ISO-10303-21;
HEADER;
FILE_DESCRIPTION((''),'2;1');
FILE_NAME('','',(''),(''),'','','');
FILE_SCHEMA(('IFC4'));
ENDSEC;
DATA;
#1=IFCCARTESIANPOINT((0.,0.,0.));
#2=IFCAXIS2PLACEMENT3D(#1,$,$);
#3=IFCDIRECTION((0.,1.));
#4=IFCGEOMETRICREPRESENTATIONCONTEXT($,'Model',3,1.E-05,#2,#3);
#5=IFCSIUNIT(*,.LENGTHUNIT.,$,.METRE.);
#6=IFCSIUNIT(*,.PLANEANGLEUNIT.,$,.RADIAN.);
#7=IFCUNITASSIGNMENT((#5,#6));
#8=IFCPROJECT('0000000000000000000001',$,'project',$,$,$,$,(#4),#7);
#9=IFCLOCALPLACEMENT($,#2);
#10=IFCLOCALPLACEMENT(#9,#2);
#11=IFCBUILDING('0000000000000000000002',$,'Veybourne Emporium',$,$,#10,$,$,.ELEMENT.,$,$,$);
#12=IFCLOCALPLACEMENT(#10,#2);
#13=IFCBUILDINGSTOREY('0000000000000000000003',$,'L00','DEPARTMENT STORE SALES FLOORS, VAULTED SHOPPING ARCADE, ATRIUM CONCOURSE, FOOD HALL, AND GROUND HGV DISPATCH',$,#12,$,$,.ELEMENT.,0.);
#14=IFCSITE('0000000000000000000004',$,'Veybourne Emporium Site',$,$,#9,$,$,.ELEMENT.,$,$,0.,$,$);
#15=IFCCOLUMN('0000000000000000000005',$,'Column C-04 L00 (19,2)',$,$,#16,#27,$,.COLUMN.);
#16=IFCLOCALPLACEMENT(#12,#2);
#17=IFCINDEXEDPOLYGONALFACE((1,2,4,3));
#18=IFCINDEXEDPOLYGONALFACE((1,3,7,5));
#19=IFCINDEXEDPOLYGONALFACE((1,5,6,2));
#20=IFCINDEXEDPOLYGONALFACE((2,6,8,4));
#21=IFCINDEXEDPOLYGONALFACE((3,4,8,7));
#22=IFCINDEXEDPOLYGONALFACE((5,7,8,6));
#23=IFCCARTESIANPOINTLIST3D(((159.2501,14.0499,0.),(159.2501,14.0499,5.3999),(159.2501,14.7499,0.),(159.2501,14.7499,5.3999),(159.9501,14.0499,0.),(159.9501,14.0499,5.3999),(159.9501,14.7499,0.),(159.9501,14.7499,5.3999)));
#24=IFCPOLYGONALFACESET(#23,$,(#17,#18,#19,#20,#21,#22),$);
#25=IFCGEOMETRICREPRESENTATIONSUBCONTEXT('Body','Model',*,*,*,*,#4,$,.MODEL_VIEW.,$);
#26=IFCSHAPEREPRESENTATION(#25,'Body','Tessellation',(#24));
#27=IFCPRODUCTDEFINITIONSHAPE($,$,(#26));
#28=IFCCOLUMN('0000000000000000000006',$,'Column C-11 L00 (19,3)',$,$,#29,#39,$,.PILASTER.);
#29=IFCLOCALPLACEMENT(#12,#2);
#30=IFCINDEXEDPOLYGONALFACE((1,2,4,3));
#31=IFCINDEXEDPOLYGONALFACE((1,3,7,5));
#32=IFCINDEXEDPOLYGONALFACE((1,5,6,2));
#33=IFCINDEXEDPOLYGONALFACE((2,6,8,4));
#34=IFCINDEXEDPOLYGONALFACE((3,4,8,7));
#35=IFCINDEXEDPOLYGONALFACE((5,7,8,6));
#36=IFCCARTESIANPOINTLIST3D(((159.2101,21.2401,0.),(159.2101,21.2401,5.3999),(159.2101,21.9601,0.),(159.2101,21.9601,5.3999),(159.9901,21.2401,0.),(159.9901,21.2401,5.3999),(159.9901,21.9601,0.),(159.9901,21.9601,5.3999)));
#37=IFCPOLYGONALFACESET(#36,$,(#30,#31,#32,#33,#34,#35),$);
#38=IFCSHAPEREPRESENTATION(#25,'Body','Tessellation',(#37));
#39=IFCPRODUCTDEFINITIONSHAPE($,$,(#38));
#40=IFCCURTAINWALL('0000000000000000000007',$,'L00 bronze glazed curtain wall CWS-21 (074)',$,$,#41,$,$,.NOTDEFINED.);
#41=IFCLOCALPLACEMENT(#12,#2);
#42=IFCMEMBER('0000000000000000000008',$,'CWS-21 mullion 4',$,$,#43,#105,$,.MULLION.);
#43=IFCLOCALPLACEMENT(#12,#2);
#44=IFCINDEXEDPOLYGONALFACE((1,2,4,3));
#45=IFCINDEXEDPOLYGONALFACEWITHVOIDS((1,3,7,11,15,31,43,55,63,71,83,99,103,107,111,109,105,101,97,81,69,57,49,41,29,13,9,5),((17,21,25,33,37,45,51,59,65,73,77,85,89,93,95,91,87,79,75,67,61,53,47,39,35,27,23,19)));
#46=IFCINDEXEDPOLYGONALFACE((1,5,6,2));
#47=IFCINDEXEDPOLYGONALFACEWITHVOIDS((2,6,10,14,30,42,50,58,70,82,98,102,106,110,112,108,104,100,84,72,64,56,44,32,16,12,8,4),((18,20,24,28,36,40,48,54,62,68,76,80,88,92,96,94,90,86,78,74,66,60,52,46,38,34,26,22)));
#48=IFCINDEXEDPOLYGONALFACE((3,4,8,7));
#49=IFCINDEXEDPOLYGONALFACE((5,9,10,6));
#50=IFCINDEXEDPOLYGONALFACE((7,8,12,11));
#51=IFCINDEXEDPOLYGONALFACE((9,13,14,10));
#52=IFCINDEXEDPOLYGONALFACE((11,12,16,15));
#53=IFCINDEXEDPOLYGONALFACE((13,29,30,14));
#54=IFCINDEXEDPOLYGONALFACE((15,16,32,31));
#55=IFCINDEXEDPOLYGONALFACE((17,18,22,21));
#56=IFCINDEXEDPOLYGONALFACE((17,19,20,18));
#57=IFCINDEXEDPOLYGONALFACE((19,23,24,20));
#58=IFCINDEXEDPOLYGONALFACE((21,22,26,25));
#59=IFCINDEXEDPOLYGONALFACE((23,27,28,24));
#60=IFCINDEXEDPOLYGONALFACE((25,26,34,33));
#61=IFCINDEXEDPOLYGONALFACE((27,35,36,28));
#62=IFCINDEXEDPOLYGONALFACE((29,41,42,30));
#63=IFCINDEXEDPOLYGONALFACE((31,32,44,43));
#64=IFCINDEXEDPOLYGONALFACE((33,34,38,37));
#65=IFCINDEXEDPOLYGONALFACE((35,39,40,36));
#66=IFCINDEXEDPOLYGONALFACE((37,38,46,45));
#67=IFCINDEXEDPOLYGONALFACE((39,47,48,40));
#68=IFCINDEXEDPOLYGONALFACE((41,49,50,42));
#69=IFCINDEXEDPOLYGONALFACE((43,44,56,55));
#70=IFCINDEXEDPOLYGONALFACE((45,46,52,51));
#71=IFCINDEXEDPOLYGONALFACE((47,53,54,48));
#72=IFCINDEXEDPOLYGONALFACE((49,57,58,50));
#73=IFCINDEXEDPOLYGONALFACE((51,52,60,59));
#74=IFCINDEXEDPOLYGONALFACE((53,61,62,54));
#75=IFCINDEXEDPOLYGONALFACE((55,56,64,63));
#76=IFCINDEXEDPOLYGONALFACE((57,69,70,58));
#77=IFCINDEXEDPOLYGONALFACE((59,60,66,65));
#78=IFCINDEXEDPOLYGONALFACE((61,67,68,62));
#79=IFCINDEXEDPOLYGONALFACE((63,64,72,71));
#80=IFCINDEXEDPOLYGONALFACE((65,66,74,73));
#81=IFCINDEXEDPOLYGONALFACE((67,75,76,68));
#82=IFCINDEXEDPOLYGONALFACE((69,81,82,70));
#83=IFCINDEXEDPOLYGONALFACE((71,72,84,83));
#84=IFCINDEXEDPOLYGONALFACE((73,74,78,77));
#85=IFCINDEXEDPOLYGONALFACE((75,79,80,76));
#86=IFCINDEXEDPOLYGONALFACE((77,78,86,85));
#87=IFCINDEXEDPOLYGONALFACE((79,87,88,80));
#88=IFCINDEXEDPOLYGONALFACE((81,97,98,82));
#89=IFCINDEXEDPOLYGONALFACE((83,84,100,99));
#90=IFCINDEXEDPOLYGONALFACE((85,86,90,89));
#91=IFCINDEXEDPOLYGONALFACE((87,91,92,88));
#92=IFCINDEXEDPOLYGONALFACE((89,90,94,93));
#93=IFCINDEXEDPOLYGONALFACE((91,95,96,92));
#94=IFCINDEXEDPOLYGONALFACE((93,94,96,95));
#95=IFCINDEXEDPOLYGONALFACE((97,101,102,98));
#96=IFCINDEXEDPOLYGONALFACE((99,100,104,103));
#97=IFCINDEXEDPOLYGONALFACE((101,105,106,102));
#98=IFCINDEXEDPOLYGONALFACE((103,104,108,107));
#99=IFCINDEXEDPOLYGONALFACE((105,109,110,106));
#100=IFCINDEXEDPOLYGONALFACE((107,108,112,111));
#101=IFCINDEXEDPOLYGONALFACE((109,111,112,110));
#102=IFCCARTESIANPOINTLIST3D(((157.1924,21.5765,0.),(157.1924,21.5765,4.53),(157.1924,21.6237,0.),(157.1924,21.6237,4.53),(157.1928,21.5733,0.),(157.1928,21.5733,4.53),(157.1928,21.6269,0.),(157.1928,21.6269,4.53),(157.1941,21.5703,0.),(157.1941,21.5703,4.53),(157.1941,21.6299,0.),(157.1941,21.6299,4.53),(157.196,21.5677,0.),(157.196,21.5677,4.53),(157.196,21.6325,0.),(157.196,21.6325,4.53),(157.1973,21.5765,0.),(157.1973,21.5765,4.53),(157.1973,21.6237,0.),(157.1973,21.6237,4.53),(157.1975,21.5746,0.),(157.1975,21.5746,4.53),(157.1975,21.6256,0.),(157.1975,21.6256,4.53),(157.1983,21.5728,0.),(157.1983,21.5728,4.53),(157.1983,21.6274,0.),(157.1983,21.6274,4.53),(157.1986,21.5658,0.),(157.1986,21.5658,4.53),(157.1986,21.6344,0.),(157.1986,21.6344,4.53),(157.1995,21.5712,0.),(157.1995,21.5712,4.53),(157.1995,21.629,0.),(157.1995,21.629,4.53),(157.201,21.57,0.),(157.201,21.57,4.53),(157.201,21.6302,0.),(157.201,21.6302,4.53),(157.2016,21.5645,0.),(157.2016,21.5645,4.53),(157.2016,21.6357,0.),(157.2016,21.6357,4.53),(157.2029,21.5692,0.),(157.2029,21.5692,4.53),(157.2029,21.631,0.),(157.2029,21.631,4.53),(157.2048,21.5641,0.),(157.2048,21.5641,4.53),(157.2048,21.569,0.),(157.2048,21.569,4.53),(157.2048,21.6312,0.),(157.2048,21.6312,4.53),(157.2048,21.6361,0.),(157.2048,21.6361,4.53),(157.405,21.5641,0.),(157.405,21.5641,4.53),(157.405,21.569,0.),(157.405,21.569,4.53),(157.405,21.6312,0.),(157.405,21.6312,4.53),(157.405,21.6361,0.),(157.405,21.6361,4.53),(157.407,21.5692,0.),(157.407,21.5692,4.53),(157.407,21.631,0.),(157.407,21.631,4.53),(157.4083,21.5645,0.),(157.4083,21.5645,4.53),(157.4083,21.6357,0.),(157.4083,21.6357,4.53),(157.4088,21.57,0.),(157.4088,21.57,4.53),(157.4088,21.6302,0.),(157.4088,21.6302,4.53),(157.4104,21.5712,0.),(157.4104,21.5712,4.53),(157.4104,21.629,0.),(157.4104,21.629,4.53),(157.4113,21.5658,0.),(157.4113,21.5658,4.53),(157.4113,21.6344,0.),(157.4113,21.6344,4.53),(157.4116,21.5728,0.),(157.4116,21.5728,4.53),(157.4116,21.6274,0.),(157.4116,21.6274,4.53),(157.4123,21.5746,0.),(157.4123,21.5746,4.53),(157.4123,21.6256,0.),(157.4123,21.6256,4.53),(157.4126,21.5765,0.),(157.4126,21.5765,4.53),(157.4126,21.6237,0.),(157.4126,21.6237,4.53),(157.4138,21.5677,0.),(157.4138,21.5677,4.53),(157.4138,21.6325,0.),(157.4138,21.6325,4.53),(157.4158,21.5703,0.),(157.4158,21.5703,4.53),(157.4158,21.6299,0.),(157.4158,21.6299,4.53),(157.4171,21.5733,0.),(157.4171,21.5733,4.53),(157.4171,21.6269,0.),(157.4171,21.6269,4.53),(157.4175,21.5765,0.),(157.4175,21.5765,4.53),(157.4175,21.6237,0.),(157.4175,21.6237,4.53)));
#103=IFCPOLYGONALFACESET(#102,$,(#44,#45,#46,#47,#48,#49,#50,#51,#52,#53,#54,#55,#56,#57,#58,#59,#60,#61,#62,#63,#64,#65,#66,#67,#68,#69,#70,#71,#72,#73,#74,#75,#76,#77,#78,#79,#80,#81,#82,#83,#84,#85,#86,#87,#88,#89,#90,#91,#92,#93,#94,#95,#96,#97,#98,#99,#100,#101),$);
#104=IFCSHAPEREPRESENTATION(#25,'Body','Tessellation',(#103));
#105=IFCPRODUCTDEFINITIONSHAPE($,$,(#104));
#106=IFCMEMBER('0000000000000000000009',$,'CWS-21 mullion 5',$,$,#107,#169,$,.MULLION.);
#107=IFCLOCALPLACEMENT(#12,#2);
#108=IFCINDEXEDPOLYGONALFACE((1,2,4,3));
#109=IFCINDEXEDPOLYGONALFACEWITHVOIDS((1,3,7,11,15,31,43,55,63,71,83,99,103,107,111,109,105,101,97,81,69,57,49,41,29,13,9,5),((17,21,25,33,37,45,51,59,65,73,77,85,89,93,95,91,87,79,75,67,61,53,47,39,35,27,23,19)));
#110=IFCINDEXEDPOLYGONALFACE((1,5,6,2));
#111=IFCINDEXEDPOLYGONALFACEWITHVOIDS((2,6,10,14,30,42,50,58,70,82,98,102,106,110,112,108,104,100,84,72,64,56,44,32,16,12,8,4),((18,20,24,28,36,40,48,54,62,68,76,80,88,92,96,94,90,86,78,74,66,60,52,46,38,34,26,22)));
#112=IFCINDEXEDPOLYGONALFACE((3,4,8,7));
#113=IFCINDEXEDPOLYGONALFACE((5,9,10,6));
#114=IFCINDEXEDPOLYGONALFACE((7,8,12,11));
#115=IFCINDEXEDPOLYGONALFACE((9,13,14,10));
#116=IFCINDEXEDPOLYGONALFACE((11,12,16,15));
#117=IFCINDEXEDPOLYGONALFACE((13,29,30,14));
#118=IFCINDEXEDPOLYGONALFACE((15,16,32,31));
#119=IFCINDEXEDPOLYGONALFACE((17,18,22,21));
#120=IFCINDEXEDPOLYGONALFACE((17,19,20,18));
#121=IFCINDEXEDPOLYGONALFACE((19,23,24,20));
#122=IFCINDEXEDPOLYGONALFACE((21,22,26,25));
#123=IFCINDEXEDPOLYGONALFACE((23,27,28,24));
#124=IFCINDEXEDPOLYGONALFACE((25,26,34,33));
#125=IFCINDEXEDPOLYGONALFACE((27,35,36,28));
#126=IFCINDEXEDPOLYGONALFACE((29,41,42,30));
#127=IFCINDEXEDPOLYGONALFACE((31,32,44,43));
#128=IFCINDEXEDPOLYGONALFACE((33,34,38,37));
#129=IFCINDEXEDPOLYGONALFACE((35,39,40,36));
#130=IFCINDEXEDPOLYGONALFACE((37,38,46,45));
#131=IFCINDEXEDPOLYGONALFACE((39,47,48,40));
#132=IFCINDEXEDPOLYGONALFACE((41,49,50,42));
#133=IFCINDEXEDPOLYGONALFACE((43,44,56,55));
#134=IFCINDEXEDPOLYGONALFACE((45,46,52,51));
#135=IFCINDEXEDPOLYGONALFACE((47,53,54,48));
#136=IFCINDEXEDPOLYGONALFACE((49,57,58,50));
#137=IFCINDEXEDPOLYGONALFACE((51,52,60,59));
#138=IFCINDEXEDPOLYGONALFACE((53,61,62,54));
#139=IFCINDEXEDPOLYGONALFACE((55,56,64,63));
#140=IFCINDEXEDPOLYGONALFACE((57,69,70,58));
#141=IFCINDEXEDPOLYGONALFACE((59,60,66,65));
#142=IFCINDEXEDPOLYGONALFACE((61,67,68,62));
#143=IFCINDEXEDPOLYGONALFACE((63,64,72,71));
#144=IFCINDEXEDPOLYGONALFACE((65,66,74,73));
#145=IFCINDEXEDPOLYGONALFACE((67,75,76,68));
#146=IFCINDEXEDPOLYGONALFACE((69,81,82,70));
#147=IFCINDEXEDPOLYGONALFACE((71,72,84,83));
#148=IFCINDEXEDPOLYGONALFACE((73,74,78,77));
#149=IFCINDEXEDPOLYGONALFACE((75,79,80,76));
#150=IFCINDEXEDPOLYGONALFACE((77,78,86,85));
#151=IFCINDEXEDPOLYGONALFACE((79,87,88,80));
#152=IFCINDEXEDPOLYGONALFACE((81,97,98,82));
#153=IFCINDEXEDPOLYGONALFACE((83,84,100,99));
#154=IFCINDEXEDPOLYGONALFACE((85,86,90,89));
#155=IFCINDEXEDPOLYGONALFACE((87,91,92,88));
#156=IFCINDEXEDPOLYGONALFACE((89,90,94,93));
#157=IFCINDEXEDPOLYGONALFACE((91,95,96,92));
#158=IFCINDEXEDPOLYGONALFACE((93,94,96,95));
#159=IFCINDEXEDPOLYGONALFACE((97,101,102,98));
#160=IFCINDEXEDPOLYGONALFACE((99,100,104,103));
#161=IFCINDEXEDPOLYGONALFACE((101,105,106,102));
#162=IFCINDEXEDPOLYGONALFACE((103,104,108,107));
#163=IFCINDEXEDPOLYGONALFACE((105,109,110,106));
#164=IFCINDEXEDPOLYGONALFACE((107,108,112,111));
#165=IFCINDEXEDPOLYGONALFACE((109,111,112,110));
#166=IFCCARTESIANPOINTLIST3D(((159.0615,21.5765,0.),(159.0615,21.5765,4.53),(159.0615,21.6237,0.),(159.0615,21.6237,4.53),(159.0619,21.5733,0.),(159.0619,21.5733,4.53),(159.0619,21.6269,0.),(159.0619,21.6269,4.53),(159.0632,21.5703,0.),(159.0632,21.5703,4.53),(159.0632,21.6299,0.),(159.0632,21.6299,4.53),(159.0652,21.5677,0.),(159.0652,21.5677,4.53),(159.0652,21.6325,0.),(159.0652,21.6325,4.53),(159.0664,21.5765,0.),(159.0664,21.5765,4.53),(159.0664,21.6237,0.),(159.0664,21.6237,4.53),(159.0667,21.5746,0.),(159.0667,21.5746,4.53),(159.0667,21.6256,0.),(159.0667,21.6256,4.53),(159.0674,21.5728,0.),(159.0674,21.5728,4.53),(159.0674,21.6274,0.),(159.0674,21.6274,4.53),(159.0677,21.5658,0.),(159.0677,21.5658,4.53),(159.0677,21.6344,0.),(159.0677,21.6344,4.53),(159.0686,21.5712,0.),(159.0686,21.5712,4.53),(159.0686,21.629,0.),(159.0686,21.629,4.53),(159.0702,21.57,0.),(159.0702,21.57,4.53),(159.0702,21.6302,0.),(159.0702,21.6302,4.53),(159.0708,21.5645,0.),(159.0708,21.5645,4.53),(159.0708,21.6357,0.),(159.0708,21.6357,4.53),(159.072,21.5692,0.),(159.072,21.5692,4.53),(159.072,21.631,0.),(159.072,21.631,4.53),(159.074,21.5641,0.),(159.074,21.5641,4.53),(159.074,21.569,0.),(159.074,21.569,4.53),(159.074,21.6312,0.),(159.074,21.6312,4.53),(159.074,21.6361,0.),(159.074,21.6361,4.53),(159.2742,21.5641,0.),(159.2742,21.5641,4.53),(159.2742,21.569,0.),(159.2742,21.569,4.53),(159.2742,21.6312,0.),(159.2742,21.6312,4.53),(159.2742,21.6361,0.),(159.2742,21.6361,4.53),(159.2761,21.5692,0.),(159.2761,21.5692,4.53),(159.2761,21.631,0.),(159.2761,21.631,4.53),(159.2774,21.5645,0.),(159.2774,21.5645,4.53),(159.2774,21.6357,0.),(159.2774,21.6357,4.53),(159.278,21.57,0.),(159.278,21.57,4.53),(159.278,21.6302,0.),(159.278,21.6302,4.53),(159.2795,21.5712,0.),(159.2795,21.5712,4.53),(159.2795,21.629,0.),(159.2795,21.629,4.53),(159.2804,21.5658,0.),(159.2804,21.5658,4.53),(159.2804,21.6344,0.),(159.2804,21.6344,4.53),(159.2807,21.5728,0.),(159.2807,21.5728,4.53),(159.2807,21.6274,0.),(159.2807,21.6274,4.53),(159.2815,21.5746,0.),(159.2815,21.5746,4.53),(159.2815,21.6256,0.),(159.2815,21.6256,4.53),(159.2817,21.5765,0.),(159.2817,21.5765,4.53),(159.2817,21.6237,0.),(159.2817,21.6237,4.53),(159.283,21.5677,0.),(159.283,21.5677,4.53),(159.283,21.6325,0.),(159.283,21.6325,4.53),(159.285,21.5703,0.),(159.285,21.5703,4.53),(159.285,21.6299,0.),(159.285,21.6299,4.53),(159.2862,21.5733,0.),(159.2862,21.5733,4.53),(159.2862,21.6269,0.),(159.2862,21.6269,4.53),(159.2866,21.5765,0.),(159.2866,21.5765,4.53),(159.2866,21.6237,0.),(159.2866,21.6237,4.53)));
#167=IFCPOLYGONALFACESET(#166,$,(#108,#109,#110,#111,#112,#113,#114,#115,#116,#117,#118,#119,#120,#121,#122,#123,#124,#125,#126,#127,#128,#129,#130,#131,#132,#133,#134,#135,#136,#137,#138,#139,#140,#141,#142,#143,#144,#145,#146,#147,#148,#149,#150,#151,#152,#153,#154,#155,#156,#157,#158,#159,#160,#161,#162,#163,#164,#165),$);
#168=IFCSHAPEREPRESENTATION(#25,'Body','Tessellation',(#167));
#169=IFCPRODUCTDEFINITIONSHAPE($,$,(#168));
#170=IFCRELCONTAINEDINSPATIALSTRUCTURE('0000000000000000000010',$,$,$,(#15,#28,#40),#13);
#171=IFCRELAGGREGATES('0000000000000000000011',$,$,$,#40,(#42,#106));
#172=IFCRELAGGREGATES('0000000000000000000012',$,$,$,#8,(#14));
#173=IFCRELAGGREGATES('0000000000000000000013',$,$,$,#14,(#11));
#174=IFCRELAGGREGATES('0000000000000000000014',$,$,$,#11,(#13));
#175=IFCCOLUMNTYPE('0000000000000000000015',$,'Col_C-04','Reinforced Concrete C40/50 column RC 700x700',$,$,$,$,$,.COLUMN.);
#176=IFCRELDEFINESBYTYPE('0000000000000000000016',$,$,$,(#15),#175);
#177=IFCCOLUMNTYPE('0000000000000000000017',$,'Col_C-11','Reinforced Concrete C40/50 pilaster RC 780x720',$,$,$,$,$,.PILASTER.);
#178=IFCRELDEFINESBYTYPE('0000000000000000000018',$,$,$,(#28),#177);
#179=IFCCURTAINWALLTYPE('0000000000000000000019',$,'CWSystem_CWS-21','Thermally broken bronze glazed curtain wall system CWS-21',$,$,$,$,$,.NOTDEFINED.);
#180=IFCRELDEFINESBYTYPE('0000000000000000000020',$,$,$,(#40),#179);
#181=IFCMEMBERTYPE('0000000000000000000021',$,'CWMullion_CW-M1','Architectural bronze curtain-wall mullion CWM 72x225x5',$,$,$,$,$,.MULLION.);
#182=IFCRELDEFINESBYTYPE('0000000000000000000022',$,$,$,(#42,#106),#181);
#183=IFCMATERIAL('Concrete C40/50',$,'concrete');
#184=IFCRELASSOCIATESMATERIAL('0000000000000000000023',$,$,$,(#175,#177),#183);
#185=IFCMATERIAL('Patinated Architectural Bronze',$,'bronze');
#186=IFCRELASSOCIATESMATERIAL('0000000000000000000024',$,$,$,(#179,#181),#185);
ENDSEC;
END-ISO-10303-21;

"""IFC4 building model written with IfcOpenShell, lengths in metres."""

from ifc_helpers import new_model, si_unit, direction, frame, origin, origin_2d, place, context, subcontext, project, spatial, rectangle, hollow_rectangle, extrude, material, material_profile, profile_set, type_object, element, aggregate, save


model = new_model("IFC4")

# Units and contexts
model_context = context("Model", 3, precision=1e-05, world=origin(), true_north=direction((0.0, 1.0)))
body_context = subcontext(model_context, "Body", "Model", "MODEL_VIEW")
ifc_project = project(units=[si_unit("LENGTHUNIT", "METRE"), si_unit("PLANEANGLEUNIT", "RADIAN")], contexts=[model_context])

# Site, building, storey
site_placement = place(None, origin())
site = spatial("IfcSite", under=ifc_project, at=site_placement, Name="Veybourne Emporium Site", CompositionType="ELEMENT", RefElevation=0.0)
building_placement = place(site_placement, origin())
building = spatial("IfcBuilding", under=site, at=building_placement, Name="Veybourne Emporium", CompositionType="ELEMENT")
storey_placement = place(building_placement, origin())
storey = spatial("IfcBuildingStorey", under=building, at=storey_placement, Name="L00", Description="DEPARTMENT STORE SALES FLOORS, VAULTED SHOPPING ARCADE, ATRIUM CONCOURSE, FOOD HALL, AND GROUND HGV DISPATCH", CompositionType="ELEMENT", Elevation=0.0)

# Columns
ifc_material_1 = material(Name="Concrete C40/50", Category="concrete")
ifc_material_profile_1 = material_profile(ifc_material_1, rectangle(XDim=0.7, YDim=0.7, at=origin_2d()), Name="RC 700x700")
ifc_profile_set_1 = profile_set([ifc_material_profile_1], Name="Concrete C40/50")
column_type_1 = type_object("IfcColumnType", Name="Col_C-04", Description="Reinforced Concrete C40/50 column RC 700x700", PredefinedType="COLUMN", material=ifc_profile_set_1)
column_1_placement = place(storey_placement, frame((159.6001, 14.3999, 0.0), z_axis=(0.0, 0.0, 1.0), x_axis=(1.0, 0.0, 0.0)))
element("IfcColumn", 1, at=column_1_placement, inside=storey, type_object=column_type_1, Name="Column C-04 L00 (19,2)", PredefinedType="COLUMN", context=body_context, shape_type="SweptSolid", body=[
    extrude(rectangle(XDim=0.7, YDim=0.7, at=origin_2d()), origin(), (0.0, 0.0, 1.0), 5.3999),
])
ifc_material_profile_2 = material_profile(ifc_material_1, rectangle(XDim=0.78, YDim=0.72, at=origin_2d()), Name="RC 780x720")
ifc_profile_set_2 = profile_set([ifc_material_profile_2], Name="Concrete C40/50")
column_type_2 = type_object("IfcColumnType", Name="Col_C-11", Description="Reinforced Concrete C40/50 pilaster RC 780x720", PredefinedType="PILASTER", material=ifc_profile_set_2)
column_2_placement = place(storey_placement, frame((159.6001, 21.6001, 0.0), z_axis=(0.0, 0.0, 1.0), x_axis=(1.0, 0.0, 0.0)))
element("IfcColumn", 2, at=column_2_placement, inside=storey, type_object=column_type_2, Name="Column C-11 L00 (19,3)", PredefinedType="PILASTER", context=body_context, shape_type="SweptSolid", body=[
    extrude(rectangle(XDim=0.78, YDim=0.72, at=origin_2d()), origin(), (0.0, 0.0, 1.0), 5.3999),
])

# Curtain wall, members
ifc_material_2 = material(Name="Patinated Architectural Bronze", Category="bronze")
curtain_wall_type_1 = type_object("IfcCurtainWallType", Name="CWSystem_CWS-21", Description="Thermally broken bronze glazed curtain wall system CWS-21", PredefinedType="NOTDEFINED", material=ifc_material_2)
curtain_wall_1_placement = place(storey_placement, origin())
curtain_wall_1 = element("IfcCurtainWall", 3, at=curtain_wall_1_placement, inside=storey, type_object=curtain_wall_type_1, Name="L00 bronze glazed curtain wall CWS-21 (074)", PredefinedType="NOTDEFINED")
ifc_material_profile_3 = material_profile(ifc_material_2, hollow_rectangle(XDim=0.072, YDim=0.2251, WallThickness=0.0049, InnerFilletRadius=0.0076, OuterFilletRadius=0.0125, at=origin_2d()), Name="CWM 72x225x5")
ifc_profile_set_3 = profile_set([ifc_material_profile_3], Name="Patinated Architectural Bronze")
member_type_1 = type_object("IfcMemberType", Name="CWMullion_CW-M1", Description="Architectural bronze curtain-wall mullion CWM 72x225x5", PredefinedType="MULLION", material=ifc_profile_set_3)
member_1_placement = place(storey_placement, frame((157.3049, 21.6001, 0.0), z_axis=(0.0, 0.0, 1.0), x_axis=(0.0, 1.0, 0.0)))
member_1 = element("IfcMember", 4, at=member_1_placement, type_object=member_type_1, Name="CWS-21 mullion 4", PredefinedType="MULLION", context=body_context, shape_type="SweptSolid", body=[
    extrude(hollow_rectangle(XDim=0.072, YDim=0.2251, WallThickness=0.0049, InnerFilletRadius=0.0076, OuterFilletRadius=0.0125, at=origin_2d()), origin(), (0.0, 0.0, 1.0), 4.53),
])
member_2_placement = place(storey_placement, frame((159.1741, 21.6001, 0.0), z_axis=(0.0, 0.0, 1.0), x_axis=(0.0, 1.0, 0.0)))
member_2 = element("IfcMember", 5, at=member_2_placement, type_object=member_type_1, Name="CWS-21 mullion 5", PredefinedType="MULLION", context=body_context, shape_type="SweptSolid", body=[
    extrude(hollow_rectangle(XDim=0.072, YDim=0.2251, WallThickness=0.0049, InnerFilletRadius=0.0076, OuterFilletRadius=0.0125, at=origin_2d()), origin(), (0.0, 0.0, 1.0), 4.53),
])

aggregate(curtain_wall_1, [member_1, member_2])

save(model, "model.ifc")
